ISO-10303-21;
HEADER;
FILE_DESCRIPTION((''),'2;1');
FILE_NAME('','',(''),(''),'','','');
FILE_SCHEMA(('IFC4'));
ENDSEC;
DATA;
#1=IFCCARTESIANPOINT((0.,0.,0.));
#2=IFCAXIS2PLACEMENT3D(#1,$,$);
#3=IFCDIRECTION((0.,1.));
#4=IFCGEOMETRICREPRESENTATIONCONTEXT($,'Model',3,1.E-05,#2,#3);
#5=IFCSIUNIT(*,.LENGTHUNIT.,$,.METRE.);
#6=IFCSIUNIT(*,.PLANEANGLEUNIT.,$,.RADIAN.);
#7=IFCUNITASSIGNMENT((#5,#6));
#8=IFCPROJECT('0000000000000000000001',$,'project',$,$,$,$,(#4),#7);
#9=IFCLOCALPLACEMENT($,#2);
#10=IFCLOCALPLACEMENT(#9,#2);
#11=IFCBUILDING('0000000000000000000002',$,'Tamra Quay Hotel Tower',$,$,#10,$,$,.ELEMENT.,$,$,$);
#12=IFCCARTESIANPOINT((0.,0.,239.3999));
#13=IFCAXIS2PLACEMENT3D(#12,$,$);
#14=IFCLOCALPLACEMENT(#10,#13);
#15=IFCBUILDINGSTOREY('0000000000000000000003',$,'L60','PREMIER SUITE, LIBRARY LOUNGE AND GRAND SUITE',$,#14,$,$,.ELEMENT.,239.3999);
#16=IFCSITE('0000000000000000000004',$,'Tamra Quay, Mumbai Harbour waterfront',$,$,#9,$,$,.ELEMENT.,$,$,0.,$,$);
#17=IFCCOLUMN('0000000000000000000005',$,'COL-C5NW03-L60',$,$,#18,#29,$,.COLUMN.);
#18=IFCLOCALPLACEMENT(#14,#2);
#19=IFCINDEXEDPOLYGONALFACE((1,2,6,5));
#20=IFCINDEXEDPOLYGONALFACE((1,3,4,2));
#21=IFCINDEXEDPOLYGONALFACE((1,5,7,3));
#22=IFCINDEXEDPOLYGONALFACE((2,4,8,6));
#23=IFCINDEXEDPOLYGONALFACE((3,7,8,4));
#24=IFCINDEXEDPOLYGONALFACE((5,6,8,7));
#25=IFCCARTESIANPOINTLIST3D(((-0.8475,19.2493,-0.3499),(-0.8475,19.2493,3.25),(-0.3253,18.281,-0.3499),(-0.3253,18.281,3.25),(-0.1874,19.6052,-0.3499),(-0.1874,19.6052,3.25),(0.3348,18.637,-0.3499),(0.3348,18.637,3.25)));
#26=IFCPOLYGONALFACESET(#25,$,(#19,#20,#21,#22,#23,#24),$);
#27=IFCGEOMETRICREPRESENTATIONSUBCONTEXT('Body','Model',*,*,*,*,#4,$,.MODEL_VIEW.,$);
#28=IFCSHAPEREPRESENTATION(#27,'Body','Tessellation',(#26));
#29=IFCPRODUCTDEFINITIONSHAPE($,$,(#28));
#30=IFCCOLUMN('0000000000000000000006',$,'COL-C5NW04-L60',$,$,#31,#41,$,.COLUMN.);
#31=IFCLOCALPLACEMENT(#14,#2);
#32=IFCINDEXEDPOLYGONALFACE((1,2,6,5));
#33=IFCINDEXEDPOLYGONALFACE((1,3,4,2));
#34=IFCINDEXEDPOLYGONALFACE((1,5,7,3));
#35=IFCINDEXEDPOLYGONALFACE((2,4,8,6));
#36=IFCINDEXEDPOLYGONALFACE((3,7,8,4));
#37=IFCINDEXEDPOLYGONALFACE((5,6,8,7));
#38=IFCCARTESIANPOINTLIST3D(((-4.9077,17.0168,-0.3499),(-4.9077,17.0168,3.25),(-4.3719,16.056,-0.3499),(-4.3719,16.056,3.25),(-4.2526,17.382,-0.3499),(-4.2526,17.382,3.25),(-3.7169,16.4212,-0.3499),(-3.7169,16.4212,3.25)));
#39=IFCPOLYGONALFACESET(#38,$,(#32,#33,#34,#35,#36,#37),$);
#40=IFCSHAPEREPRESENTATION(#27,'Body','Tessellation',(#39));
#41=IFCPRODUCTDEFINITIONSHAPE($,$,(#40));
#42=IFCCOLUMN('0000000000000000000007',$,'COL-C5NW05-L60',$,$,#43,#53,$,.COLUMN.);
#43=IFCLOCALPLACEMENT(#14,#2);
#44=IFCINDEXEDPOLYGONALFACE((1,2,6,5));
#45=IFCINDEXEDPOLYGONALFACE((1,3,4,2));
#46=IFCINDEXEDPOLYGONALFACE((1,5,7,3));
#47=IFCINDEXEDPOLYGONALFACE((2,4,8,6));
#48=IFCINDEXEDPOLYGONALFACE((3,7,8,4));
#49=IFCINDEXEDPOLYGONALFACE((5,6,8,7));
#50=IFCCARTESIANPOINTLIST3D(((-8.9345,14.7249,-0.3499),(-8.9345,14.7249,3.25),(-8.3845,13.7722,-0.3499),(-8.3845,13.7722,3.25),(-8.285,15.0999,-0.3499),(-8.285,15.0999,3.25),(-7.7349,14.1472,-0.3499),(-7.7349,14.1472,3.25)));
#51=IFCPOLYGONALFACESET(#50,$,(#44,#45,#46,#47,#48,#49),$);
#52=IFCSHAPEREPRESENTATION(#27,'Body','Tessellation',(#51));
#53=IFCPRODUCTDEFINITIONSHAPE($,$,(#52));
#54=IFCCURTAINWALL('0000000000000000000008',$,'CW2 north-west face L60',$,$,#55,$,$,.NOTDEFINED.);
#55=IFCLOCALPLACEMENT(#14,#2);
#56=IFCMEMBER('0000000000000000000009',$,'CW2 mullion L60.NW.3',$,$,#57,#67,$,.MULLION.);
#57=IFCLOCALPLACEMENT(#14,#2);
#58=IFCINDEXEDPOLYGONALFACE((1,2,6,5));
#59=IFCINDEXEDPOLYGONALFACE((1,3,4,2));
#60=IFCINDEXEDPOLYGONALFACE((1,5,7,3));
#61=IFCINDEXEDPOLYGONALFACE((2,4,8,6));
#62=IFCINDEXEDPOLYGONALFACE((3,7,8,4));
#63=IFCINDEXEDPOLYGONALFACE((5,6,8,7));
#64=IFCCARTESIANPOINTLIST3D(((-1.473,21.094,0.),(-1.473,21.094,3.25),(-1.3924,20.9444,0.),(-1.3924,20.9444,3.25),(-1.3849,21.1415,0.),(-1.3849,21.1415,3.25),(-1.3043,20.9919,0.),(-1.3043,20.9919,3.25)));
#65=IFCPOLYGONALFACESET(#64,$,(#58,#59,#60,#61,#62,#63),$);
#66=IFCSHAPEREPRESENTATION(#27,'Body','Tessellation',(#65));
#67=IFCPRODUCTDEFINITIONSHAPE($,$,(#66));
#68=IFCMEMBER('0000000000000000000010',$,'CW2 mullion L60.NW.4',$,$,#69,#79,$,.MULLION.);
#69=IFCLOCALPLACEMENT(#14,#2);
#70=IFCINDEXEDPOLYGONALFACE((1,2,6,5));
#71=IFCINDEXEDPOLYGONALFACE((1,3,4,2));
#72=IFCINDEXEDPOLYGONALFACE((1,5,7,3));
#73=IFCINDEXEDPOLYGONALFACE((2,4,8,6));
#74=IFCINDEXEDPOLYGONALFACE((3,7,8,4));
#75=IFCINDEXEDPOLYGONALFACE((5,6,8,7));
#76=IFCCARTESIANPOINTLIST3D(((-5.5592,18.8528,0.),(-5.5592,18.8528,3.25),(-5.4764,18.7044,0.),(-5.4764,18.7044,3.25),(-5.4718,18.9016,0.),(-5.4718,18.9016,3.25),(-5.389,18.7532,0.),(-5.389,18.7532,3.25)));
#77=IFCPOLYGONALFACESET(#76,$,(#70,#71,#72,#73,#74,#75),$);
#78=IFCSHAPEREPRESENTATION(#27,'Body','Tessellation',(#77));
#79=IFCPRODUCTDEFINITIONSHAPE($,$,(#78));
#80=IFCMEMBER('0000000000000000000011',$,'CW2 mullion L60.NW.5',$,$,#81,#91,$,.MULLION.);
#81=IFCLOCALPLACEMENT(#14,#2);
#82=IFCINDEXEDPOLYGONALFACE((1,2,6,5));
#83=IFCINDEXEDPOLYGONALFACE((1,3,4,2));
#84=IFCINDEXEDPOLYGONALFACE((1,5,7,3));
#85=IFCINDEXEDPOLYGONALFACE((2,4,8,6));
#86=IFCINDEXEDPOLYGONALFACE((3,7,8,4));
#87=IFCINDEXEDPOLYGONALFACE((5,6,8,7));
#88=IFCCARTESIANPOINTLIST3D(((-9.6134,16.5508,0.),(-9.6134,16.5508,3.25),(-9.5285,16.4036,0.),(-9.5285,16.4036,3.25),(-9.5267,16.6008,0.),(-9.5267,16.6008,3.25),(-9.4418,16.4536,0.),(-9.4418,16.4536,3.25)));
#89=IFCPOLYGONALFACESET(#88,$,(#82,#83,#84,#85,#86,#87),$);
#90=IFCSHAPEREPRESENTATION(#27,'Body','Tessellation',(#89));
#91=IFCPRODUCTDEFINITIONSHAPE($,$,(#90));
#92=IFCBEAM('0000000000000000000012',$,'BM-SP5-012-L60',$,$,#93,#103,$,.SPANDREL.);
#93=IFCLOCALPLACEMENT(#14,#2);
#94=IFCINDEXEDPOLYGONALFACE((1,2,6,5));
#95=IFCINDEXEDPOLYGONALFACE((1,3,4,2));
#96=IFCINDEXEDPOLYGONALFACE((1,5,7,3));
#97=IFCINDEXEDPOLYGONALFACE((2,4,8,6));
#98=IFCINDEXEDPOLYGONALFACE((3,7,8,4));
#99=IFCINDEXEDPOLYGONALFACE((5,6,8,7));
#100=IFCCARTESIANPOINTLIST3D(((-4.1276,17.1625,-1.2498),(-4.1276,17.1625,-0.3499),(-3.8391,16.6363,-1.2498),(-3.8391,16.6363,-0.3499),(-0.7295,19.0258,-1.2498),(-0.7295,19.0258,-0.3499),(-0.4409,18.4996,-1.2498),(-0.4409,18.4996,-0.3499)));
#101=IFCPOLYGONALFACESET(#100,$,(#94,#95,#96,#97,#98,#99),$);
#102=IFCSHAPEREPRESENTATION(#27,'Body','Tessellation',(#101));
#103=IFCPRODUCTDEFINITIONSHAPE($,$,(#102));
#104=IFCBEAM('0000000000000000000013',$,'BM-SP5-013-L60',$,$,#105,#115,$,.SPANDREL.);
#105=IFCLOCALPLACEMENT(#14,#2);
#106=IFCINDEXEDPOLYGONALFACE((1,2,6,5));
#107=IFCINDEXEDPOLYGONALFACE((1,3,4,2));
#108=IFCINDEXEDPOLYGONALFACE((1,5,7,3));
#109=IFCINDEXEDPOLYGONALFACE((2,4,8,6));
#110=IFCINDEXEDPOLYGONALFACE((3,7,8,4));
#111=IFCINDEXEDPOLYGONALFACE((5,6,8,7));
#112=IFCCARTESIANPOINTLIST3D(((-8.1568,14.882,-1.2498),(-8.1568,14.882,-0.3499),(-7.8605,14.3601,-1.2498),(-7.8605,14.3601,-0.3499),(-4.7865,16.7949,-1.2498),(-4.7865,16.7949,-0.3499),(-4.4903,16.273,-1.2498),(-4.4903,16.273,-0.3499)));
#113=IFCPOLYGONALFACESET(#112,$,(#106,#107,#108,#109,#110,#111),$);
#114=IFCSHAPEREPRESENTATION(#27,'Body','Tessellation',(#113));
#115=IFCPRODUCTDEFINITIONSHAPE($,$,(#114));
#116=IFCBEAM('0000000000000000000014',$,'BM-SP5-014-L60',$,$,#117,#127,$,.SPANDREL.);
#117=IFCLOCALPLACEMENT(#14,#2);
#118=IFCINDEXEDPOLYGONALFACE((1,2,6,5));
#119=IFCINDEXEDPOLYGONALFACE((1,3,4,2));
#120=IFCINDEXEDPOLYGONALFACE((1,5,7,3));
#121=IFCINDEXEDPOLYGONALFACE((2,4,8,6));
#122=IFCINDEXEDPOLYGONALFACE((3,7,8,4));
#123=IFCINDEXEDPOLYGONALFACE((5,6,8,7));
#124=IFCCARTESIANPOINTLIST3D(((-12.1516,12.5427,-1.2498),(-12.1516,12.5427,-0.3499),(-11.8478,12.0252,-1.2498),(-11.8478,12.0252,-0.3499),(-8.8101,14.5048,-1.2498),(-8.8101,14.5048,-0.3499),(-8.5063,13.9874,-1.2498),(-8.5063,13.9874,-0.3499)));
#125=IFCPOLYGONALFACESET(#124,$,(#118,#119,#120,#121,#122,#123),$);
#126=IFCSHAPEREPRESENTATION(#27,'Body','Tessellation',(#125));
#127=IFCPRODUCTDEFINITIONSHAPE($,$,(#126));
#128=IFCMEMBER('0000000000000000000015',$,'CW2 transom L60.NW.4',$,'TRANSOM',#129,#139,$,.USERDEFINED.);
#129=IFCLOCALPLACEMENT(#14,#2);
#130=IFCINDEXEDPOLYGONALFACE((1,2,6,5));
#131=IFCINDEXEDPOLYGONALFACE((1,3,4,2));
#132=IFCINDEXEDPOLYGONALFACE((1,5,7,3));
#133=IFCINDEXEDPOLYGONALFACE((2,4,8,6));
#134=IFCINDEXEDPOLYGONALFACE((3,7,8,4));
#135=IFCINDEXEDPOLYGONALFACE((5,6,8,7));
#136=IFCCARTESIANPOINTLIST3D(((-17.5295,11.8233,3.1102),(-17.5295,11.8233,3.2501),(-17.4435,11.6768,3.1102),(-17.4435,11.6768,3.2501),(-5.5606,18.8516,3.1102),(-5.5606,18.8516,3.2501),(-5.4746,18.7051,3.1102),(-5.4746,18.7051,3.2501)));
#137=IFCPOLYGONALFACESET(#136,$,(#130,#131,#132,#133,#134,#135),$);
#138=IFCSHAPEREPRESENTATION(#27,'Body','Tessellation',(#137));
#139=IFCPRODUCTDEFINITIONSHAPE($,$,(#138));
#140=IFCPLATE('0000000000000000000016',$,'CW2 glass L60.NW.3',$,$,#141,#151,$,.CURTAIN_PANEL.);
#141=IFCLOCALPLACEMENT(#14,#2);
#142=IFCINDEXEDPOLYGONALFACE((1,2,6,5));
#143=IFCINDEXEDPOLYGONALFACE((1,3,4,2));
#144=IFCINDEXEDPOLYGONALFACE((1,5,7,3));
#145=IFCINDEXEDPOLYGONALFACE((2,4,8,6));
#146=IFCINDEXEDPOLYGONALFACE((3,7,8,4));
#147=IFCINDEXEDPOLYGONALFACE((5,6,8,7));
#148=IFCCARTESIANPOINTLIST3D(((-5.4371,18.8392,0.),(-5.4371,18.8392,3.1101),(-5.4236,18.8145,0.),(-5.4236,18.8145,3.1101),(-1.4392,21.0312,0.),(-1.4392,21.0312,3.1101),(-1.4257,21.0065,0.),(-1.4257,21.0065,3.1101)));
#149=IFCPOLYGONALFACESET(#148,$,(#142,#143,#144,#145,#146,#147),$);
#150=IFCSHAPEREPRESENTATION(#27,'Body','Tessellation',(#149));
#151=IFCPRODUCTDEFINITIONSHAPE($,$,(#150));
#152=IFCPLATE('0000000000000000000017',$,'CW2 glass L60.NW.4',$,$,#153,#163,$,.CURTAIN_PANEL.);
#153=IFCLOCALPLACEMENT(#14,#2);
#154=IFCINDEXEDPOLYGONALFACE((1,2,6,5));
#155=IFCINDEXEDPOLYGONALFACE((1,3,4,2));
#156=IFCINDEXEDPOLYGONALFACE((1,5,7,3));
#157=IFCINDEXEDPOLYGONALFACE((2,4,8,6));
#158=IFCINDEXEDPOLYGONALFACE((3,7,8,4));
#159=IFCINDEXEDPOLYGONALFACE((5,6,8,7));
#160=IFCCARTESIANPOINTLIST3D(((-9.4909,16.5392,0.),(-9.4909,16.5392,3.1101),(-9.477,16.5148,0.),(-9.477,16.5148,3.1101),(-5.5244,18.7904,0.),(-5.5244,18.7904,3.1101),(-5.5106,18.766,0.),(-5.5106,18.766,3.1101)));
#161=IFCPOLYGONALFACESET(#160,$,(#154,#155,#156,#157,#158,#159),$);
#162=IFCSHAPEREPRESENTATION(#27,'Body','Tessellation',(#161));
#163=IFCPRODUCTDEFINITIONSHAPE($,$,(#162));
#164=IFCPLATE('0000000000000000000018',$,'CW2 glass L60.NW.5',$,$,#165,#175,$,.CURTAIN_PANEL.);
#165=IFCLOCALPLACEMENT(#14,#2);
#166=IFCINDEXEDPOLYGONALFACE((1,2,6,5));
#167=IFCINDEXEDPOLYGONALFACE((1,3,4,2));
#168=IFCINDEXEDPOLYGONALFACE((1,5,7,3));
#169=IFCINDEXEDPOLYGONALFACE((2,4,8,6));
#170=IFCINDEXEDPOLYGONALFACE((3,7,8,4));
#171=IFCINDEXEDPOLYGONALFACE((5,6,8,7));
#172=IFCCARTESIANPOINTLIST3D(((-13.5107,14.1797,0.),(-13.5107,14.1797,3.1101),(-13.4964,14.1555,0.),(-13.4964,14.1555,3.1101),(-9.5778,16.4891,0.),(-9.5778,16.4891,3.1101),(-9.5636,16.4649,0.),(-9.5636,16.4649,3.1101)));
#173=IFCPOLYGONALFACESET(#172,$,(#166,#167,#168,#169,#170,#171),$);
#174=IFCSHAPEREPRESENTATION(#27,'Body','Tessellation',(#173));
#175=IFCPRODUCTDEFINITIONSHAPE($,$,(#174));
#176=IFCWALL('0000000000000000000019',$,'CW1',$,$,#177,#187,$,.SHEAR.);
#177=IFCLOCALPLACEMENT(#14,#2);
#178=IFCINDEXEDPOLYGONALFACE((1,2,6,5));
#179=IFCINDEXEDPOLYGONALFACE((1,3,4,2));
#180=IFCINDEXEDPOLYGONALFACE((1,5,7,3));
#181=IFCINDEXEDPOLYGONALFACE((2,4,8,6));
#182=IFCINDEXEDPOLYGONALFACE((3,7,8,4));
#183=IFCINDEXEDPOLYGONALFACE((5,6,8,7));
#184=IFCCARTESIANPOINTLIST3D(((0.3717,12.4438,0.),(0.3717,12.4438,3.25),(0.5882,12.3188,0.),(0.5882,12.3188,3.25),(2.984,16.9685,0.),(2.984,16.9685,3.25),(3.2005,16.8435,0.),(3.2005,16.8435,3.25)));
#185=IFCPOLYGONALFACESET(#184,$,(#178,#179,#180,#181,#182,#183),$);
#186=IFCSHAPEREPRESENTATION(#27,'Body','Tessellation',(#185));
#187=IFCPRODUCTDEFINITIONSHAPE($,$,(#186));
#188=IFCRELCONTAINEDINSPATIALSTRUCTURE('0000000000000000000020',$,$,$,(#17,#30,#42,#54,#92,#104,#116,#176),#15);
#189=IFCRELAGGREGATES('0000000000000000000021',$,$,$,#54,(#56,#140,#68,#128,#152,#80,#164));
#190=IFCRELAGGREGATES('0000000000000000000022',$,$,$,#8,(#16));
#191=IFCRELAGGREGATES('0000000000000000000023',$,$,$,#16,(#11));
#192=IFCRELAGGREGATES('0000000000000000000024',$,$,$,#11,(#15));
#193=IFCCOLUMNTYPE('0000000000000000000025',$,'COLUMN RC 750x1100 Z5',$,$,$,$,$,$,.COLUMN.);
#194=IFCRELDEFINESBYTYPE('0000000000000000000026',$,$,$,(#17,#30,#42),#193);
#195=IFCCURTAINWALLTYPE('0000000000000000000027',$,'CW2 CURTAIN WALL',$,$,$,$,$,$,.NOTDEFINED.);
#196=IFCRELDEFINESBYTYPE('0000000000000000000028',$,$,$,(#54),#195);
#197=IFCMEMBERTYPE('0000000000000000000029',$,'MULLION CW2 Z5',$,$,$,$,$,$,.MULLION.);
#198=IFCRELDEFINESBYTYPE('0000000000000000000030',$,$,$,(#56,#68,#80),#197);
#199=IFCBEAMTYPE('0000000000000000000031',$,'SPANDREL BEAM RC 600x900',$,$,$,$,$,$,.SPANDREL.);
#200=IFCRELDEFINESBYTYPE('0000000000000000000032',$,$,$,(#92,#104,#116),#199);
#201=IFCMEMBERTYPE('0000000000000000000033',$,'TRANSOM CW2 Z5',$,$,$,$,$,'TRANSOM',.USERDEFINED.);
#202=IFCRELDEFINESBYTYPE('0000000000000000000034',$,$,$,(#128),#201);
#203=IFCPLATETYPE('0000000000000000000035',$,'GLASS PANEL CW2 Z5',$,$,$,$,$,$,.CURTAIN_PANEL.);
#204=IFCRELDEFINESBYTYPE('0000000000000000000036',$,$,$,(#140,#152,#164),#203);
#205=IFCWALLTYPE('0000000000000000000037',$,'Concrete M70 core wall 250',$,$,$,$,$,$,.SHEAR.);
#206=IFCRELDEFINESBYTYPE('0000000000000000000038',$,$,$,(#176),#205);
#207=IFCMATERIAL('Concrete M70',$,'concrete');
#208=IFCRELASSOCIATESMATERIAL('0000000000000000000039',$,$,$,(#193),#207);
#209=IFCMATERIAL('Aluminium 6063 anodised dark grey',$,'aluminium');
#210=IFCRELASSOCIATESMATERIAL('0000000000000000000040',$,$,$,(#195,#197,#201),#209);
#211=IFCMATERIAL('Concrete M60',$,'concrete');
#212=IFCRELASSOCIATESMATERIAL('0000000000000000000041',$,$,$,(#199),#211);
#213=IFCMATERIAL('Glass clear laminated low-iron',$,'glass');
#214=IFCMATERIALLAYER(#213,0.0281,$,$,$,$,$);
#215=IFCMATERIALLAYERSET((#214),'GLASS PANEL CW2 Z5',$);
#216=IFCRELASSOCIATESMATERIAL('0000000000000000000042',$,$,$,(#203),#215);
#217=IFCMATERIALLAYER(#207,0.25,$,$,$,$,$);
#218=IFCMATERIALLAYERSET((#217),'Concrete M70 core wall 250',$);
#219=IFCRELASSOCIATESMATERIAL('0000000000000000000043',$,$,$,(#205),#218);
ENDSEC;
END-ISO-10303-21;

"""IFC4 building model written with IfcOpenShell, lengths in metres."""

from ifc_helpers import new_model, si_unit, direction, frame, frame_2d, origin, origin_2d, place, context, subcontext, project, spatial, rectangle, extrude, material, layer, layer_set, material_profile, profile_set, type_object, element, aggregate, save


model = new_model("IFC4")

# Units and contexts
model_context = context("Model", 3, precision=1e-05, world=origin(), true_north=direction((0.0, 1.0)))
body_context = subcontext(model_context, "Body", "Model", "MODEL_VIEW")
ifc_project = project(units=[si_unit("LENGTHUNIT", "METRE"), si_unit("PLANEANGLEUNIT", "RADIAN")], contexts=[model_context])

# Site, building, storey
site_placement = place(None, origin())
site = spatial("IfcSite", under=ifc_project, at=site_placement, Name="Tamra Quay, Mumbai Harbour waterfront", CompositionType="ELEMENT", RefElevation=0.0)
building_placement = place(site_placement, origin())
building = spatial("IfcBuilding", under=site, at=building_placement, Name="Tamra Quay Hotel Tower", CompositionType="ELEMENT")
storey_placement = place(building_placement, frame((0.0, 0.0, 239.3999)))
storey = spatial("IfcBuildingStorey", under=building, at=storey_placement, Name="L60", Description="PREMIER SUITE, LIBRARY LOUNGE AND GRAND SUITE", CompositionType="ELEMENT", Elevation=239.3999)

# Columns
ifc_material_1 = material(Name="Concrete M70", Category="concrete")
ifc_material_profile_1 = material_profile(ifc_material_1, rectangle(XDim=1.1001, YDim=0.75, at=origin_2d()), Name="COLUMN RC 750x1100 Z5")
ifc_profile_set_1 = profile_set([ifc_material_profile_1], Name="Concrete M70")
column_type = type_object("IfcColumnType", Name="COLUMN RC 750x1100 Z5", PredefinedType="COLUMN", material=ifc_profile_set_1)
for number, where, z_axis, x_axis, name in (
    (1, (-0.2563, 18.9431, -0.3499), (0.0, 0.0, 1.0), (-0.474651, 0.880174, 0.0), "COL-C5NW03-L60"),
    (2, (-4.3123, 16.719, -0.3499), (0.0, 0.0, 1.0), (-0.486989, 0.873408, 0.0), "COL-C5NW04-L60"),
    (3, (-8.3347, 14.436, -0.3499), (0.0, 0.0, 1.0), (-0.5, 0.866025, 0.0), "COL-C5NW05-L60"),
):
    element("IfcColumn", number, at=place(storey_placement, frame(where, z_axis=z_axis, x_axis=x_axis)), inside=storey, type_object=column_type, Name=name, PredefinedType="COLUMN", context=body_context, shape_type="SweptSolid", body=[
        extrude(rectangle(XDim=1.1001, YDim=0.75, at=origin_2d()), origin(), (0.0, 0.0, 1.0), 3.5999),
    ])

# Curtain wall, members
ifc_material_2 = material(Name="Aluminium 6063 anodised dark grey", Category="aluminium")
curtain_wall_type = type_object("IfcCurtainWallType", Name="CW2 CURTAIN WALL", PredefinedType="NOTDEFINED", material=ifc_material_2)
curtain_wall_placement = place(storey_placement, origin())
curtain_wall = element("IfcCurtainWall", 4, at=curtain_wall_placement, inside=storey, type_object=curtain_wall_type, Name="CW2 north-west face L60", PredefinedType="NOTDEFINED")
ifc_material_profile_2 = material_profile(ifc_material_2, rectangle(XDim=0.1699, YDim=0.1001, at=origin_2d()), Name="MULLION 100X170")
ifc_profile_set_2 = profile_set([ifc_material_profile_2], Name="Aluminium 6063 anodised dark grey")
member_type_1 = type_object("IfcMemberType", Name="MULLION CW2 Z5", PredefinedType="MULLION", material=ifc_profile_set_2)
member_1_placement = place(storey_placement, frame((-1.3887, 21.043, 0.0), z_axis=(0.0, 0.0, 1.0), x_axis=(-0.474319, 0.880353, 0.0)))
member_1 = element("IfcMember", 5, at=member_1_placement, type_object=member_type_1, Name="CW2 mullion L60.NW.3", PredefinedType="MULLION", context=body_context, shape_type="SweptSolid", body=[
    extrude(rectangle(XDim=0.1699, YDim=0.1001, at=origin_2d()), origin(), (0.0, 0.0, 1.0), 3.25),
])
member_2_placement = place(storey_placement, frame((-5.4741, 18.803, 0.0), z_axis=(0.0, 0.0, 1.0), x_axis=(-0.487204, 0.873288, 0.0)))
member_2 = element("IfcMember", 6, at=member_2_placement, type_object=member_type_1, Name="CW2 mullion L60.NW.4", PredefinedType="MULLION", context=body_context, shape_type="SweptSolid", body=[
    extrude(rectangle(XDim=0.1699, YDim=0.1001, at=origin_2d()), origin(), (0.0, 0.0, 1.0), 3.25),
])
member_3_placement = place(storey_placement, frame((-9.5276, 16.5022, 0.0), z_axis=(0.0, 0.0, 1.0), x_axis=(-0.5, 0.866025, 0.0)))
member_3 = element("IfcMember", 7, at=member_3_placement, type_object=member_type_1, Name="CW2 mullion L60.NW.5", PredefinedType="MULLION", context=body_context, shape_type="SweptSolid", body=[
    extrude(rectangle(XDim=0.1699, YDim=0.1001, at=origin_2d()), origin(), (0.0, 0.0, 1.0), 3.25),
])

# Beams
ifc_material_3 = material(Name="Concrete M60", Category="concrete")
ifc_material_profile_3 = material_profile(ifc_material_3, rectangle(XDim=0.6001, YDim=0.8999, at=origin_2d()), Name="SPANDREL BEAM RC 600x900")
ifc_profile_set_3 = profile_set([ifc_material_profile_3], Name="Concrete M60")
beam_type = type_object("IfcBeamType", Name="SPANDREL BEAM RC 600x900", PredefinedType="SPANDREL", material=ifc_profile_set_3)
beam_1_placement = place(storey_placement, frame((-0.5852, 18.7627, -0.7998), z_axis=(-0.876839, -0.480784, 0.0), x_axis=(0.480784, -0.876839, 0.0)))
element("IfcBeam", 8, at=beam_1_placement, inside=storey, type_object=beam_type, Name="BM-SP5-012-L60", PredefinedType="SPANDREL", context=body_context, shape_type="SweptSolid", body=[
    extrude(rectangle(XDim=0.6001, YDim=0.8999, at=origin_2d()), origin(), (0.0, 0.0, 1.0), 3.8755),
])
beam_2_placement = place(storey_placement, frame((-4.6384, 16.5339, -0.7998), z_axis=(-0.869678, -0.49362, 0.0), x_axis=(0.49362, -0.869678, 0.0)))
element("IfcBeam", 9, at=beam_2_placement, inside=storey, type_object=beam_type, Name="BM-SP5-013-L60", PredefinedType="SPANDREL", context=body_context, shape_type="SweptSolid", body=[
    extrude(rectangle(XDim=0.6001, YDim=0.8999, at=origin_2d()), origin(), (0.0, 0.0, 1.0), 3.8752),
])
beam_3_placement = place(storey_placement, frame((-8.6582, 14.2461, -0.7998), z_axis=(-0.862324, -0.506356, 0.0), x_axis=(0.506356, -0.862324, 0.0)))
element("IfcBeam", 10, at=beam_3_placement, inside=storey, type_object=beam_type, Name="BM-SP5-014-L60", PredefinedType="SPANDREL", context=body_context, shape_type="SweptSolid", body=[
    extrude(rectangle(XDim=0.6001, YDim=0.8999, at=origin_2d()), origin(), (0.0, 0.0, 1.0), 3.875),
])

# Member
ifc_material_profile_4 = material_profile(ifc_material_2, rectangle(XDim=0.1699, YDim=0.1399, at=origin_2d()), Name="TRANSOM 170X140")
ifc_profile_set_4 = profile_set([ifc_material_profile_4], Name="Aluminium 6063 anodised dark grey")
member_type_2 = type_object("IfcMemberType", Name="TRANSOM CW2 Z5", ElementType="TRANSOM", PredefinedType="USERDEFINED", material=ifc_profile_set_4)
member_4_placement = place(storey_placement, frame((-5.5176, 18.7783, 3.1802), z_axis=(-0.86232, -0.506364, 0.0), x_axis=(0.506364, -0.86232, 0.0)))
member_4 = element("IfcMember", 11, at=member_4_placement, type_object=member_type_2, Name="CW2 transom L60.NW.4", ObjectType="TRANSOM", PredefinedType="USERDEFINED", context=body_context, shape_type="SweptSolid", body=[
    extrude(rectangle(XDim=0.1699, YDim=0.1399, at=origin_2d()), origin(), (0.0, 0.0, 1.0), 13.8799),
])

# Plates
ifc_material_4 = material(Name="Glass clear laminated low-iron", Category="glass")
ifc_layer_1 = layer(ifc_material_4, 0.0281)
ifc_layer_set_1 = layer_set([ifc_layer_1], Name="GLASS PANEL CW2 Z5")
plate_type = type_object("IfcPlateType", Name="GLASS PANEL CW2 Z5", PredefinedType="CURTAIN_PANEL", material=ifc_layer_set_1)
plate_1_placement = place(storey_placement, frame((-3.4314, 19.9229, 0.0), z_axis=(0.0, 0.0, 1.0), x_axis=(-0.876846, -0.480771, 0.0)))
plate_1 = element("IfcPlate", 12, at=plate_1_placement, type_object=plate_type, Name="CW2 glass L60.NW.3", PredefinedType="CURTAIN_PANEL", context=body_context, shape_type="SweptSolid", body=[
    extrude(rectangle(XDim=4.5593, YDim=0.0281, at=origin_2d()), origin(), (0.0, 0.0, 1.0), 3.1101),
])
plate_2_placement = place(storey_placement, frame((-7.5007, 17.6526, 0.0), z_axis=(0.0, 0.0, 1.0), x_axis=(-0.869683, -0.493611, 0.0)))
plate_2 = element("IfcPlate", 13, at=plate_2_placement, type_object=plate_type, Name="CW2 glass L60.NW.4", PredefinedType="CURTAIN_PANEL", context=body_context, shape_type="SweptSolid", body=[
    extrude(rectangle(XDim=4.5608, YDim=0.0281, at=origin_2d()), origin(), (0.0, 0.0, 1.0), 3.1101),
])
plate_3_placement = place(storey_placement, frame((-11.5371, 15.3223, 0.0), z_axis=(0.0, 0.0, 1.0), x_axis=(-0.862321, -0.506362, 0.0)))
plate_3 = element("IfcPlate", 14, at=plate_3_placement, type_object=plate_type, Name="CW2 glass L60.NW.5", PredefinedType="CURTAIN_PANEL", context=body_context, shape_type="SweptSolid", body=[
    extrude(rectangle(XDim=4.5608, YDim=0.0281, at=origin_2d()), origin(), (0.0, 0.0, 1.0), 3.1101),
])
aggregate(curtain_wall, [member_1, plate_1, member_2, member_4, plate_2, member_3, plate_3])

# Wall
ifc_layer_2 = layer(ifc_material_1, 0.25)
ifc_layer_set_2 = layer_set([ifc_layer_2], Name="Concrete M70 core wall 250")
wall_type_1 = type_object("IfcWallType", Name="Concrete M70 core wall 250", PredefinedType="SHEAR", material=ifc_layer_set_2)
wall_1_placement = place(storey_placement, frame((0.48, 12.3813, 0.0), z_axis=(0.0, 0.0, 1.0), x_axis=(0.499999, 0.866026, 0.0)))
element("IfcWall", 15, at=wall_1_placement, inside=storey, type_object=wall_type_1, Name="CW1", PredefinedType="SHEAR", context=body_context, shape_type="SweptSolid", body=[
    extrude(rectangle(XDim=5.2246, YDim=0.25, at=frame_2d((2.6123, 0.0))), origin(), (0.0, 0.0, 1.0), 3.25),
])

save(model, "model.ifc")
